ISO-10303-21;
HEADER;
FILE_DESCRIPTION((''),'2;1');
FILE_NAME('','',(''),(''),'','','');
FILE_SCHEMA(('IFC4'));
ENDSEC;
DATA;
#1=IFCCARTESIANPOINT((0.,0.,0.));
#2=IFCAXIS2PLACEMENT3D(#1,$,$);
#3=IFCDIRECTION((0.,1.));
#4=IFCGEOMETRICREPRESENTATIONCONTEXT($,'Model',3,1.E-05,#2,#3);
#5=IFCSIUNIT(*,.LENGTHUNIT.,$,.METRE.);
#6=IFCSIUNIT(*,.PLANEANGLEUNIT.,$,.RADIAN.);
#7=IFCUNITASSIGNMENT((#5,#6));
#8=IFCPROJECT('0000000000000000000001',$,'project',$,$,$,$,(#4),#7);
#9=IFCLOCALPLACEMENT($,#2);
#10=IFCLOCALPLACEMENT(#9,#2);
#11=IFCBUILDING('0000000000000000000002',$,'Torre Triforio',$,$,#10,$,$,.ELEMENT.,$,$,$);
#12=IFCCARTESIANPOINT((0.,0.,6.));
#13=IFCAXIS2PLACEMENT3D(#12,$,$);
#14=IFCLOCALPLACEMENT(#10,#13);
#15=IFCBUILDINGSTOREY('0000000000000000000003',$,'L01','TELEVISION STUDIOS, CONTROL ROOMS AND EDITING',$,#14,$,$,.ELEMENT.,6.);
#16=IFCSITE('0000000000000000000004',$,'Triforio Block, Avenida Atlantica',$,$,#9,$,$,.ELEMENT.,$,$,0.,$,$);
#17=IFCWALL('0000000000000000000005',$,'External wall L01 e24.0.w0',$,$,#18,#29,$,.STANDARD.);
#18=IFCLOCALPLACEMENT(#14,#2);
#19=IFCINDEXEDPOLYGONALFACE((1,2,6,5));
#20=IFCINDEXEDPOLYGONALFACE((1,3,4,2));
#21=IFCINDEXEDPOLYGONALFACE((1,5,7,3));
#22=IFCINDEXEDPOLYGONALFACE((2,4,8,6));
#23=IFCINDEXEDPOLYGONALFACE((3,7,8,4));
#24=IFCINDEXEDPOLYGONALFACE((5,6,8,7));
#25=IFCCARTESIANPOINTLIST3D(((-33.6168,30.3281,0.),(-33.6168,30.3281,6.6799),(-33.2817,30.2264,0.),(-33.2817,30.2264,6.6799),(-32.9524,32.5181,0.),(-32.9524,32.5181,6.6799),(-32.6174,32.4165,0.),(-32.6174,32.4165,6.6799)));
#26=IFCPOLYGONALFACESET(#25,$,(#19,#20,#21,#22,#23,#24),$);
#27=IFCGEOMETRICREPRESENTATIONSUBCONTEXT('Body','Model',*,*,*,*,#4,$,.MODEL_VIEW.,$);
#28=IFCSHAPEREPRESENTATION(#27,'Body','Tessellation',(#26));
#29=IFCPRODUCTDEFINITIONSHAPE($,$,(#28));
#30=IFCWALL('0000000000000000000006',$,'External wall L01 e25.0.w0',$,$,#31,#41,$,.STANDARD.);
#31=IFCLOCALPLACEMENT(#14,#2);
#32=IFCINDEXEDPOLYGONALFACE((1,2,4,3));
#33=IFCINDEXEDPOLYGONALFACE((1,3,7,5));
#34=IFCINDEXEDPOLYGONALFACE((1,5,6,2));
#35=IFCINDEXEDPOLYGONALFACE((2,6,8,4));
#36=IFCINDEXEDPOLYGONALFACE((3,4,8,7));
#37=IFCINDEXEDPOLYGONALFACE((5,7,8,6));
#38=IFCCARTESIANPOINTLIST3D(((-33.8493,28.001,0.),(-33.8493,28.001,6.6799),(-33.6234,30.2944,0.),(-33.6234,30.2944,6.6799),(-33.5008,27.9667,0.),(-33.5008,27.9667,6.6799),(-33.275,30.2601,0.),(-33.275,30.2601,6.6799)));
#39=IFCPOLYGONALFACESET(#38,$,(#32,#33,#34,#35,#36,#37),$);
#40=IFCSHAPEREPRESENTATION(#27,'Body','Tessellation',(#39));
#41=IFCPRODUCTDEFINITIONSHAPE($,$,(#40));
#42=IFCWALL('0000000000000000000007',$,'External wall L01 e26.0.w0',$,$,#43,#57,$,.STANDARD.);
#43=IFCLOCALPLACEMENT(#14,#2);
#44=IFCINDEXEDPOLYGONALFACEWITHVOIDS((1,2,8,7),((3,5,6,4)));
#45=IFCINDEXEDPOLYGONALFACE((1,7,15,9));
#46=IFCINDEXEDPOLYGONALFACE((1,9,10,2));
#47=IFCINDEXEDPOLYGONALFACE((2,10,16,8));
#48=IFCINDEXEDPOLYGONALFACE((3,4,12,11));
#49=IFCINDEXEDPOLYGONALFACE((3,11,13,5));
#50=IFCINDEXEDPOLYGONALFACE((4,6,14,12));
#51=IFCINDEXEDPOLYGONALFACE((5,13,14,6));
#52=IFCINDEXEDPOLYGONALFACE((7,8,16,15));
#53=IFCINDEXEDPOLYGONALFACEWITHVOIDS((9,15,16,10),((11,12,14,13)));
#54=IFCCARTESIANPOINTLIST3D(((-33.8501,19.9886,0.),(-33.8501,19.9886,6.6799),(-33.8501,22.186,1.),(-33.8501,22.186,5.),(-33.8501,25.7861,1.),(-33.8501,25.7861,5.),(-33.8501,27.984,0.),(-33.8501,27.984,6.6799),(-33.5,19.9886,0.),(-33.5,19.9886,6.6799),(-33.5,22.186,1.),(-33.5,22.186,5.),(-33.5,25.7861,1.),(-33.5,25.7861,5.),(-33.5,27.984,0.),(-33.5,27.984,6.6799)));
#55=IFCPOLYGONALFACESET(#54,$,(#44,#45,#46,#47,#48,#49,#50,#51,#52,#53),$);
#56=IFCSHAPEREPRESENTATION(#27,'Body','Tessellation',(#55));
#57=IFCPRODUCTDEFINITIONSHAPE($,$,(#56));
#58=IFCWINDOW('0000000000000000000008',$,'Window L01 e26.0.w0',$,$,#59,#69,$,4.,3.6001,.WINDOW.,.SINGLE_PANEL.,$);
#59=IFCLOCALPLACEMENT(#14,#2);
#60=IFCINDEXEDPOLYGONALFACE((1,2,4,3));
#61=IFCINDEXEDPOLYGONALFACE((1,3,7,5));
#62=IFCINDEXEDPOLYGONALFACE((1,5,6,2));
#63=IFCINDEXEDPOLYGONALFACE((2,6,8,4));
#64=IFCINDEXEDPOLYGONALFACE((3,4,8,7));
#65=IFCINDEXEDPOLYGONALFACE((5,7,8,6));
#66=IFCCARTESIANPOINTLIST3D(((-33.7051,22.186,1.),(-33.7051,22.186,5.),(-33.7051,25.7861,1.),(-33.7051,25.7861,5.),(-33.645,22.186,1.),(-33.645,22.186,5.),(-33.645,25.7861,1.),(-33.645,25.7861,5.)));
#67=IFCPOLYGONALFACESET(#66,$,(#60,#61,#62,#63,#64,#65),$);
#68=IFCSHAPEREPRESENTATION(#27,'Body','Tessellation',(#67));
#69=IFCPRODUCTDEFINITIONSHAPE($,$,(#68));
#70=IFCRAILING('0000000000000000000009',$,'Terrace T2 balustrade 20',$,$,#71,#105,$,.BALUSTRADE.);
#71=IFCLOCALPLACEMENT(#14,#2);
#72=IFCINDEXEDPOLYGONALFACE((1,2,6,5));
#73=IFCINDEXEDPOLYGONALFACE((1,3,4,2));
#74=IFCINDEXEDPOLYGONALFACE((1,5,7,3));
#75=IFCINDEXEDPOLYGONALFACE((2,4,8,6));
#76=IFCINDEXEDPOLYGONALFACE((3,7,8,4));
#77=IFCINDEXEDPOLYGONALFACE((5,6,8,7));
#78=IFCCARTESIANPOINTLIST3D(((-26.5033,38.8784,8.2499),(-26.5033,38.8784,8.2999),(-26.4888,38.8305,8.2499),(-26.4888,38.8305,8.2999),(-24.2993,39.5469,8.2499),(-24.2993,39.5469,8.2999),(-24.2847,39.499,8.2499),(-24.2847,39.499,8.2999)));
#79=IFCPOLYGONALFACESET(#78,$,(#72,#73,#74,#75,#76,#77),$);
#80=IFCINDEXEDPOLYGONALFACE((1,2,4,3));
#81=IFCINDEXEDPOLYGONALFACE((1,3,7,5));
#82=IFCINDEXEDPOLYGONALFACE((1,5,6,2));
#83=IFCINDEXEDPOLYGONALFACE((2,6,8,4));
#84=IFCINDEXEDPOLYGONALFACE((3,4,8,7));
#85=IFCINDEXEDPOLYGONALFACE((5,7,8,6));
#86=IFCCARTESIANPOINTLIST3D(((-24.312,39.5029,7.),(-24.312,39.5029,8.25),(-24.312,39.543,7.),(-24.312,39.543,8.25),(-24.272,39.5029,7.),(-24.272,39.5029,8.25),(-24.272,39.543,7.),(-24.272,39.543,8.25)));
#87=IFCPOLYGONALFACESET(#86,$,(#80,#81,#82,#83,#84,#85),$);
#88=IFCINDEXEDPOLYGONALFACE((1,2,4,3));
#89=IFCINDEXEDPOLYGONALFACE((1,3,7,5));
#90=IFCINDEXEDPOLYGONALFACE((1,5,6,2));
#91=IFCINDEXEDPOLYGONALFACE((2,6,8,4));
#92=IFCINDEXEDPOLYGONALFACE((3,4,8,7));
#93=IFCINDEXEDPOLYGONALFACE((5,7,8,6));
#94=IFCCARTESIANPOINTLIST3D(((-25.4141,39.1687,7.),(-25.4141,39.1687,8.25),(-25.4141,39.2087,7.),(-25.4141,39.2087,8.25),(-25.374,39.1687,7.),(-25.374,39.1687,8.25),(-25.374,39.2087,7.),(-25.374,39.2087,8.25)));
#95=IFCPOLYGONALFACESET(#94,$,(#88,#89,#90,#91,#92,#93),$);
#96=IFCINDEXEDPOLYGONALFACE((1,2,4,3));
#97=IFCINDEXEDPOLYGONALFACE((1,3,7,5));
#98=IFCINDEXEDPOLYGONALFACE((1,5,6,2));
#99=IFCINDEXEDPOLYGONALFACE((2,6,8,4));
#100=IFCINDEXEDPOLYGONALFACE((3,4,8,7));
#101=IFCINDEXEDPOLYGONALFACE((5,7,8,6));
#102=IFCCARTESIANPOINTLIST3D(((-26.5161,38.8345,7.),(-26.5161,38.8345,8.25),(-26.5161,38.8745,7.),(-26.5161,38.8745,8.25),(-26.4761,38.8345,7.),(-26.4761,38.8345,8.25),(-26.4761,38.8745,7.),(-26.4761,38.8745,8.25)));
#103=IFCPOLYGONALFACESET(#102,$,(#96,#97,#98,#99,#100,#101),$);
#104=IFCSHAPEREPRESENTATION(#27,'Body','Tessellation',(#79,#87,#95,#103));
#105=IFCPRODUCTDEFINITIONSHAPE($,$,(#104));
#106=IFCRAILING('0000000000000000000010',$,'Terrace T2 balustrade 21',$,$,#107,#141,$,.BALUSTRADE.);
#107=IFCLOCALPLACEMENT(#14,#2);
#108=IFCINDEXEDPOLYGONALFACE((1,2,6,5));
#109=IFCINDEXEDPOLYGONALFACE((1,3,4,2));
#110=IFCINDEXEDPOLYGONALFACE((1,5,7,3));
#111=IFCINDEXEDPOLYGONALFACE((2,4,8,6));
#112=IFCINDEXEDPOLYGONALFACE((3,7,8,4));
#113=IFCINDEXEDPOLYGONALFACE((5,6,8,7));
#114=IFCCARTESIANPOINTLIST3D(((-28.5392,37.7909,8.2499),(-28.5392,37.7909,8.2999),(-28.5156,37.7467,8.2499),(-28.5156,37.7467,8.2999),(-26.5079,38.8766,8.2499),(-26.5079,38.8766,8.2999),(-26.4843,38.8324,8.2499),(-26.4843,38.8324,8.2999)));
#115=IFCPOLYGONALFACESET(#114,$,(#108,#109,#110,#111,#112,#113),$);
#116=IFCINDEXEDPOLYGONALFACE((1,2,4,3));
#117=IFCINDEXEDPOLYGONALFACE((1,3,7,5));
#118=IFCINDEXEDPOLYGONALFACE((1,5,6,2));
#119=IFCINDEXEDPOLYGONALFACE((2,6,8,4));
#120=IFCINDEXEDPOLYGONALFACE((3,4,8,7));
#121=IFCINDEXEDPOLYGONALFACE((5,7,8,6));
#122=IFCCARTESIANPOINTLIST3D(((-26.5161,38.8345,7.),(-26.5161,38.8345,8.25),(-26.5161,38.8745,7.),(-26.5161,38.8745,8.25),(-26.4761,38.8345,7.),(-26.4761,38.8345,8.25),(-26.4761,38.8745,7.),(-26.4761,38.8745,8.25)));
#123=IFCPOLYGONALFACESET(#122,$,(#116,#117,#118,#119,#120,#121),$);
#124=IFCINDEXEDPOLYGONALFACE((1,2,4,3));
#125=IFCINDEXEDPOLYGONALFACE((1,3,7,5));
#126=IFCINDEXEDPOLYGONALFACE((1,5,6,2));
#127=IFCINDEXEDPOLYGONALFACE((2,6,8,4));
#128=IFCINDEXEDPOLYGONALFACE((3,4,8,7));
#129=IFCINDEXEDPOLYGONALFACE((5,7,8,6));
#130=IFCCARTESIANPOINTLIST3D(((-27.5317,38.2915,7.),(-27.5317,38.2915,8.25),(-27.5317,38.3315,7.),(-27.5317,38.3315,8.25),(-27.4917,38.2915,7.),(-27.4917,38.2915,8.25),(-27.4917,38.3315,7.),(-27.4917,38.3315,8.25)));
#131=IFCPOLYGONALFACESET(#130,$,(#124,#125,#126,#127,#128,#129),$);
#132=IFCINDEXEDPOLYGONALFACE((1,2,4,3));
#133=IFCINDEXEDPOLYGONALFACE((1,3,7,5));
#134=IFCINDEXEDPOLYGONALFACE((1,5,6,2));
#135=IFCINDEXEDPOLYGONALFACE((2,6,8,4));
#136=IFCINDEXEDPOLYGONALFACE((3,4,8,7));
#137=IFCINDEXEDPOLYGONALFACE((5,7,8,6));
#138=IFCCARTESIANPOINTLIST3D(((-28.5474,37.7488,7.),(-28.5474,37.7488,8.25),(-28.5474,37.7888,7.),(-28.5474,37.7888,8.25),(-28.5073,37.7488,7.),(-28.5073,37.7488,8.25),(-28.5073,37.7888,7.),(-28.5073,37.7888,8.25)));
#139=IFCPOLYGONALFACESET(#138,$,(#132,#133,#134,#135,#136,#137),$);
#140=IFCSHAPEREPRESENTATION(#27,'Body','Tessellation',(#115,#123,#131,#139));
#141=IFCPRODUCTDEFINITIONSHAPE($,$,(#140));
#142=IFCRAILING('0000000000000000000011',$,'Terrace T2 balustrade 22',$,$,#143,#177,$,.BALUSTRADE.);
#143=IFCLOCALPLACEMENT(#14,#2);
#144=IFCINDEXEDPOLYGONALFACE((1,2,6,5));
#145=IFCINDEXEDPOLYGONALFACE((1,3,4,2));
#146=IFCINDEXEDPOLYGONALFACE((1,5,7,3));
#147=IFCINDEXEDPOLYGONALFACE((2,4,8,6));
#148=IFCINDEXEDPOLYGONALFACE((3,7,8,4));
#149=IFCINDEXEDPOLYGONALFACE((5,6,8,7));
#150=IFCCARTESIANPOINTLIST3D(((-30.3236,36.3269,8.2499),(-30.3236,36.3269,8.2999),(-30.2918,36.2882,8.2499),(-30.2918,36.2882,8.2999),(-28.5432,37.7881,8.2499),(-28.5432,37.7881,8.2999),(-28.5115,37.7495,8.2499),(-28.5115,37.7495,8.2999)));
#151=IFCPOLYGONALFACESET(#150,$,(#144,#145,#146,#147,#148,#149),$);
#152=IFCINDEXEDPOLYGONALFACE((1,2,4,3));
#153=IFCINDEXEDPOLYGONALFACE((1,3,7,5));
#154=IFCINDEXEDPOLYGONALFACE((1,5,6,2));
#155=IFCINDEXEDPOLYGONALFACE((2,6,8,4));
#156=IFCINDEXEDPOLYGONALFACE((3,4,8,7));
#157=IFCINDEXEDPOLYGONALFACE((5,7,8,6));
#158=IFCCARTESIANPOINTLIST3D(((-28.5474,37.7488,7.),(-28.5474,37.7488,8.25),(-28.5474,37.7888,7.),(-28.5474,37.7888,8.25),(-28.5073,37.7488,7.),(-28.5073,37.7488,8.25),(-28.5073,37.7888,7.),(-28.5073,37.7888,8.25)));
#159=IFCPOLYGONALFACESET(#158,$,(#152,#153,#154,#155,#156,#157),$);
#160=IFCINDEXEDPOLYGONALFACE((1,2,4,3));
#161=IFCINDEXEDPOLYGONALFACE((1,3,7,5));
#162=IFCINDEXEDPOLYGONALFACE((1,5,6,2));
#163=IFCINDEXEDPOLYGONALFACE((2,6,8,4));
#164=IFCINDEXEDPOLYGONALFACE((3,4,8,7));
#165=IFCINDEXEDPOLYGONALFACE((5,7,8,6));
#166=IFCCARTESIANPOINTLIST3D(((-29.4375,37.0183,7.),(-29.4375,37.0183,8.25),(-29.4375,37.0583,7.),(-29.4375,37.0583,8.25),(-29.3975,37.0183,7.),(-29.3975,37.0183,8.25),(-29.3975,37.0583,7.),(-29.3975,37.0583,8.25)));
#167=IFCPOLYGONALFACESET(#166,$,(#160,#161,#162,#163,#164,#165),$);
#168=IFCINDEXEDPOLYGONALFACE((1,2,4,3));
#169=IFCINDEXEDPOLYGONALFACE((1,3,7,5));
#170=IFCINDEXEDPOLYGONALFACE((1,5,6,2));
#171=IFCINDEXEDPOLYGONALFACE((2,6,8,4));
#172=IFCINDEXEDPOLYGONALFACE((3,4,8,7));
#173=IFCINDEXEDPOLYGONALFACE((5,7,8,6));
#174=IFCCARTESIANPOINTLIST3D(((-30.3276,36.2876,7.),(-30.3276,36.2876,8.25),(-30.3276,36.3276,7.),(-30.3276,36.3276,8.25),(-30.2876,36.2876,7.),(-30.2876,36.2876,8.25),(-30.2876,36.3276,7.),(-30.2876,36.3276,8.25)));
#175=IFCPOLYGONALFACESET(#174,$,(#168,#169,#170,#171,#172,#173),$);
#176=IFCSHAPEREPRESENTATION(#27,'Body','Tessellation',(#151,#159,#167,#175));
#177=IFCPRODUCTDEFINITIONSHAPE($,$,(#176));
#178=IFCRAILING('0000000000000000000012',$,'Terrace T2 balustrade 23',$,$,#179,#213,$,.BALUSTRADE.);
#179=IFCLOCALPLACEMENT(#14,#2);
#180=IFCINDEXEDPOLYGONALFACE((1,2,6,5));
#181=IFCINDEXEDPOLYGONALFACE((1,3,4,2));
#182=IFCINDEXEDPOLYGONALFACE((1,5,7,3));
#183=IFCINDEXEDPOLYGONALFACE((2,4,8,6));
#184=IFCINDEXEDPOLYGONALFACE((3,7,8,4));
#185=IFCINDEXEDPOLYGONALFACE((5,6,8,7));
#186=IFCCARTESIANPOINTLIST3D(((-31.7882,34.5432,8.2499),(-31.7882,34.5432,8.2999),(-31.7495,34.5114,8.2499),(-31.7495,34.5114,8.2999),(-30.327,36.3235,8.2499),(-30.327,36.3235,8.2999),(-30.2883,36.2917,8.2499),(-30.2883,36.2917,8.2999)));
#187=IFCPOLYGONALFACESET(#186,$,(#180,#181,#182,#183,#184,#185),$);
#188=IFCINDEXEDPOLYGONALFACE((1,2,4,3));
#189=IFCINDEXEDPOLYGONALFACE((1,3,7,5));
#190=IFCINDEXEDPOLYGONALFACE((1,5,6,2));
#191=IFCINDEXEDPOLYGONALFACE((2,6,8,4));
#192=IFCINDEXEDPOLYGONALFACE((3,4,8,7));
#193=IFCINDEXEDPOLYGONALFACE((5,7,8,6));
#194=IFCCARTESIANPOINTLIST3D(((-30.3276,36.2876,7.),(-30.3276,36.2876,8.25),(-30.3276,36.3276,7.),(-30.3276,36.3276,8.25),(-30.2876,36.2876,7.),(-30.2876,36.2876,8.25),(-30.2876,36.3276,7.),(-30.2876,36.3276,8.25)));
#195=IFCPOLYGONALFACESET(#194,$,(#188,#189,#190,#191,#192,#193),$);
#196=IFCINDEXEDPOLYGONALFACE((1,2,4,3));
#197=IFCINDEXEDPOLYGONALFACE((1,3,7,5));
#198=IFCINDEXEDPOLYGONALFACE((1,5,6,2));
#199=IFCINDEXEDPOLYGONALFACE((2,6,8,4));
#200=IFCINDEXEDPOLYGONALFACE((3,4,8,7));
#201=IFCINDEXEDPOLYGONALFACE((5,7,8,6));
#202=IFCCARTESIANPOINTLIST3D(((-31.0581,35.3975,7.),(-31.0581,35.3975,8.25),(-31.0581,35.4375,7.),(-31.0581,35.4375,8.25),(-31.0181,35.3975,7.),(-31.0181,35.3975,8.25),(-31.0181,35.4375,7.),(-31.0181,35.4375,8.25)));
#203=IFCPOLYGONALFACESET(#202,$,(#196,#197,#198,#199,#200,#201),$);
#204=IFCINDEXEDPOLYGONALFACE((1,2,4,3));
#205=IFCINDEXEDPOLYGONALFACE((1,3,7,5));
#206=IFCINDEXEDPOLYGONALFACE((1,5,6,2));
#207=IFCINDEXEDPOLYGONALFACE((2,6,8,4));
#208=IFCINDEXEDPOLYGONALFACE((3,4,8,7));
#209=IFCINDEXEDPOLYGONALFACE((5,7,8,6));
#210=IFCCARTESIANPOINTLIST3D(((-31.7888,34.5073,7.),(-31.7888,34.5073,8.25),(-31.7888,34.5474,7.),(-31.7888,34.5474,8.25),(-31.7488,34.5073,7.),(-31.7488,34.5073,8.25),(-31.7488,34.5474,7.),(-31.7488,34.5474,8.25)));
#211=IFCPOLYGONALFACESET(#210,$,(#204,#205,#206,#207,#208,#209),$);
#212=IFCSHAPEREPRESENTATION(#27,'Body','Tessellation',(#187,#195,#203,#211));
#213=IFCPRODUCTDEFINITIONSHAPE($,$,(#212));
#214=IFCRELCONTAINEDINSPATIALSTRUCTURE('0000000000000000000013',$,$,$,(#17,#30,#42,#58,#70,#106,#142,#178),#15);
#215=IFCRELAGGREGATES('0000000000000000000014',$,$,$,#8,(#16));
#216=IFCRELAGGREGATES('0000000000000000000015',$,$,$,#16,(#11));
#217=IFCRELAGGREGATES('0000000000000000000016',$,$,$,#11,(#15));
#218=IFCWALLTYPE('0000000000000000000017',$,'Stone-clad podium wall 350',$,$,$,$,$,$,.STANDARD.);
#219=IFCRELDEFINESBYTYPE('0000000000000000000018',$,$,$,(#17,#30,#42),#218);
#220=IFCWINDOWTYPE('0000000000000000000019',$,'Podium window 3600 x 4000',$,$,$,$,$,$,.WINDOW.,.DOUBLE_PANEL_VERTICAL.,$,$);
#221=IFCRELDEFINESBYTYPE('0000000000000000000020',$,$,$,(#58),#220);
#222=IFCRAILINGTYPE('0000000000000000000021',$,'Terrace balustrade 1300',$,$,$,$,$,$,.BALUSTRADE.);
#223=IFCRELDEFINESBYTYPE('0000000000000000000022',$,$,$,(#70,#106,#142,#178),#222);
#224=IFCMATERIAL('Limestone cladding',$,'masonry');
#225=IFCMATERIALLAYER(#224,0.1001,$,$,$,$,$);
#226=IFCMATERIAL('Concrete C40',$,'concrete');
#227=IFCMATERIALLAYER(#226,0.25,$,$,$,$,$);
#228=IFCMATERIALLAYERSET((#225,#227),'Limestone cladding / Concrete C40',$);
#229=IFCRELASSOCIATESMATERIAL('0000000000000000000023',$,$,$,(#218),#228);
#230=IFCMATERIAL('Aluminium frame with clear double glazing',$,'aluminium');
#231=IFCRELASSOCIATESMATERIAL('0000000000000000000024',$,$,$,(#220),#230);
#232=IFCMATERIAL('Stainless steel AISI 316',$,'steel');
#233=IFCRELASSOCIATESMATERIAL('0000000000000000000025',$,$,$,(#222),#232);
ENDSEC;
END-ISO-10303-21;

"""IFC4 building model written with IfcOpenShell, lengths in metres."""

from ifc_helpers import new_model, si_unit, direction, frame, frame_2d, origin, origin_2d, place, context, subcontext, project, spatial, rectangle, extrude, material, layer, layer_set, type_object, element, fill, save


model = new_model("IFC4")

# Units and contexts
model_context = context("Model", 3, precision=1e-05, world=origin(), true_north=direction((0.0, 1.0)))
body_context = subcontext(model_context, "Body", "Model", "MODEL_VIEW")
ifc_project = project(units=[si_unit("LENGTHUNIT", "METRE"), si_unit("PLANEANGLEUNIT", "RADIAN")], contexts=[model_context])

# Site, building, storey
site_placement = place(None, origin())
site = spatial("IfcSite", under=ifc_project, at=site_placement, Name="Triforio Block, Avenida Atlantica", CompositionType="ELEMENT", RefElevation=0.0)
building_placement = place(site_placement, origin())
building = spatial("IfcBuilding", under=site, at=building_placement, Name="Torre Triforio", CompositionType="ELEMENT")
storey_placement = place(building_placement, frame((0.0, 0.0, 6.0)))
storey = spatial("IfcBuildingStorey", under=building, at=storey_placement, Name="L01", Description="TELEVISION STUDIOS, CONTROL ROOMS AND EDITING", CompositionType="ELEMENT", Elevation=6.0)

# Walls
ifc_material_1 = material(Name="Limestone cladding", Category="masonry")
ifc_layer_1 = layer(ifc_material_1, 0.1001)
ifc_material_2 = material(Name="Concrete C40", Category="concrete")
ifc_layer_2 = layer(ifc_material_2, 0.25)
ifc_layer_set_1 = layer_set([ifc_layer_1, ifc_layer_2], Name="Limestone cladding / Concrete C40")
wall_type_1 = type_object("IfcWallType", Name="Stone-clad podium wall 350", PredefinedType="STANDARD", material=ifc_layer_set_1)
wall_1_placement = place(storey_placement, frame((-32.7849, 32.4673, 0.0), z_axis=(0.0, 0.0, 1.0), x_axis=(-0.290283, -0.956941, 0.0)))
element("IfcWall", 1, at=wall_1_placement, inside=storey, type_object=wall_type_1, Name="External wall L01 e24.0.w0", PredefinedType="STANDARD", context=body_context, shape_type="SweptSolid", body=[
    extrude(rectangle(XDim=2.2886, YDim=0.3501, at=frame_2d((1.1443, 0.0))), origin(), (0.0, 0.0, 1.0), 6.6799),
])
wall_2_placement = place(storey_placement, frame((-33.4492, 30.2773, 0.0), z_axis=(0.0, 0.0, 1.0), x_axis=(-0.097993, -0.995187, 0.0)))
element("IfcWall", 2, at=wall_2_placement, inside=storey, type_object=wall_type_1, Name="External wall L01 e25.0.w0", PredefinedType="STANDARD", context=body_context, shape_type="SweptSolid", body=[
    extrude(rectangle(XDim=2.3044, YDim=0.3501, at=frame_2d((1.1523, 0.0))), origin(), (0.0, 0.0, 1.0), 6.6799),
])

# Wall, opening, window
wall_3_placement = place(storey_placement, frame((-33.675, 27.9839, 0.0), z_axis=(0.0, 0.0, 1.0), x_axis=(0.0, -1.0, 0.0)))
wall_3 = element("IfcWall", 3, at=wall_3_placement, inside=storey, type_object=wall_type_1, Name="External wall L01 e26.0.w0", PredefinedType="STANDARD", context=body_context, shape_type="SweptSolid", body=[
    extrude(rectangle(XDim=7.9954, YDim=0.3501, at=frame_2d((3.9976, 0.0))), origin(), (0.0, 0.0, 1.0), 6.6799),
])
opening_placement = place(wall_3_placement, frame((2.1978, 0.0, 1.0)))
opening = element("IfcOpeningElement", 4, at=opening_placement, cuts=wall_3, PredefinedType="OPENING", context=body_context, shape_type="SweptSolid", body=[
    extrude(rectangle(XDim=3.6001, YDim=4.0, at=frame_2d((1.8, 2.0))), frame((0.0, 0.1851, 0.0), z_axis=(0.0, -1.0, 0.0), x_axis=(1.0, 0.0, 0.0)), (0.0, 0.0, 1.0), 0.3701),
])
ifc_material_3 = material(Name="Aluminium frame with clear double glazing", Category="aluminium")
window_type = type_object("IfcWindowType", Name="Podium window 3600 x 4000", PartitioningType="DOUBLE_PANEL_VERTICAL", PredefinedType="WINDOW", material=ifc_material_3)
window_placement = place(opening_placement, origin())
window = element("IfcWindow", 5, at=window_placement, inside=storey, type_object=window_type, Name="Window L01 e26.0.w0", OverallHeight=4.0, OverallWidth=3.6001, PartitioningType="SINGLE_PANEL", PredefinedType="WINDOW", context=body_context, shape_type="SweptSolid", body=[
    extrude(rectangle(XDim=3.6001, YDim=4.0, at=frame_2d((1.8, 2.0))), frame((0.0, 0.03, 0.0), z_axis=(0.0, -1.0, 0.0), x_axis=(1.0, 0.0, 0.0)), (0.0, 0.0, 1.0), 0.0601),
])
fill(opening, window)

# Railings
ifc_material_4 = material(Name="Stainless steel AISI 316", Category="steel")
railing_type = type_object("IfcRailingType", Name="Terrace balustrade 1300", PredefinedType="BALUSTRADE", material=ifc_material_4)
railing_1_placement = place(storey_placement, frame((-24.292, 39.5229, 7.0)))
element("IfcRailing", 6, at=railing_1_placement, inside=storey, type_object=railing_type, Name="Terrace T2 balustrade 20", PredefinedType="BALUSTRADE", context=body_context, shape_type="SweptSolid", body=[
    extrude(rectangle(XDim=0.05, YDim=0.05, at=origin_2d()), frame((0.0, 0.0, 1.2749), z_axis=(-0.956958, -0.290225, 0.0), x_axis=(0.290225, -0.956958, 0.0)), (0.0, 0.0, 1.0), 2.3032),
    extrude(rectangle(XDim=0.04, YDim=0.04, at=origin_2d()), origin(), (0.0, 0.0, 1.0), 1.25),
    extrude(rectangle(XDim=0.04, YDim=0.04, at=origin_2d()), frame((-1.1021, -0.3342, 0.0)), (0.0, 0.0, 1.0), 1.25),
    extrude(rectangle(XDim=0.04, YDim=0.04, at=origin_2d()), frame((-2.2041, -0.6685, 0.0)), (0.0, 0.0, 1.0), 1.25),
])
railing_2_placement = place(storey_placement, frame((-26.4961, 38.8545, 7.0)))
element("IfcRailing", 7, at=railing_2_placement, inside=storey, type_object=railing_type, Name="Terrace T2 balustrade 21", PredefinedType="BALUSTRADE", context=body_context, shape_type="SweptSolid", body=[
    extrude(rectangle(XDim=0.05, YDim=0.05, at=origin_2d()), frame((0.0, 0.0, 1.2749), z_axis=(-0.881927, -0.471386, 0.0), x_axis=(0.471386, -0.881927, 0.0)), (0.0, 0.0, 1.0), 2.3032),
    extrude(rectangle(XDim=0.04, YDim=0.04, at=origin_2d()), origin(), (0.0, 0.0, 1.0), 1.25),
    extrude(rectangle(XDim=0.04, YDim=0.04, at=origin_2d()), frame((-1.0156, -0.543, 0.0)), (0.0, 0.0, 1.0), 1.25),
    extrude(rectangle(XDim=0.04, YDim=0.04, at=origin_2d()), frame((-2.0312, -1.0857, 0.0)), (0.0, 0.0, 1.0), 1.25),
])
railing_3_placement = place(storey_placement, frame((-28.5273, 37.7688, 7.0)))
element("IfcRailing", 8, at=railing_3_placement, inside=storey, type_object=railing_type, Name="Terrace T2 balustrade 22", PredefinedType="BALUSTRADE", context=body_context, shape_type="SweptSolid", body=[
    extrude(rectangle(XDim=0.05, YDim=0.05, at=origin_2d()), frame((0.0, 0.0, 1.2749), z_axis=(-0.772979, -0.634432, 0.0), x_axis=(0.634432, -0.772979, 0.0)), (0.0, 0.0, 1.0), 2.3032),
    extrude(rectangle(XDim=0.04, YDim=0.04, at=origin_2d()), origin(), (0.0, 0.0, 1.0), 1.25),
    extrude(rectangle(XDim=0.04, YDim=0.04, at=origin_2d()), frame((-0.8901, -0.7305, 0.0)), (0.0, 0.0, 1.0), 1.25),
    extrude(rectangle(XDim=0.04, YDim=0.04, at=origin_2d()), frame((-1.7803, -1.4612, 0.0)), (0.0, 0.0, 1.0), 1.25),
])
railing_4_placement = place(storey_placement, frame((-30.3076, 36.3076, 7.0)))
element("IfcRailing", 9, at=railing_4_placement, inside=storey, type_object=railing_type, Name="Terrace T2 balustrade 23", PredefinedType="BALUSTRADE", context=body_context, shape_type="SweptSolid", body=[
    extrude(rectangle(XDim=0.05, YDim=0.05, at=origin_2d()), frame((0.0, 0.0, 1.2749), z_axis=(-0.634432, -0.772979, 0.0), x_axis=(0.772979, -0.634432, 0.0)), (0.0, 0.0, 1.0), 2.3032),
    extrude(rectangle(XDim=0.04, YDim=0.04, at=origin_2d()), origin(), (0.0, 0.0, 1.0), 1.25),
    extrude(rectangle(XDim=0.04, YDim=0.04, at=origin_2d()), frame((-0.7305, -0.8901, 0.0)), (0.0, 0.0, 1.0), 1.25),
    extrude(rectangle(XDim=0.04, YDim=0.04, at=origin_2d()), frame((-1.4612, -1.7803, 0.0)), (0.0, 0.0, 1.0), 1.25),
])

save(model, "model.ifc")
